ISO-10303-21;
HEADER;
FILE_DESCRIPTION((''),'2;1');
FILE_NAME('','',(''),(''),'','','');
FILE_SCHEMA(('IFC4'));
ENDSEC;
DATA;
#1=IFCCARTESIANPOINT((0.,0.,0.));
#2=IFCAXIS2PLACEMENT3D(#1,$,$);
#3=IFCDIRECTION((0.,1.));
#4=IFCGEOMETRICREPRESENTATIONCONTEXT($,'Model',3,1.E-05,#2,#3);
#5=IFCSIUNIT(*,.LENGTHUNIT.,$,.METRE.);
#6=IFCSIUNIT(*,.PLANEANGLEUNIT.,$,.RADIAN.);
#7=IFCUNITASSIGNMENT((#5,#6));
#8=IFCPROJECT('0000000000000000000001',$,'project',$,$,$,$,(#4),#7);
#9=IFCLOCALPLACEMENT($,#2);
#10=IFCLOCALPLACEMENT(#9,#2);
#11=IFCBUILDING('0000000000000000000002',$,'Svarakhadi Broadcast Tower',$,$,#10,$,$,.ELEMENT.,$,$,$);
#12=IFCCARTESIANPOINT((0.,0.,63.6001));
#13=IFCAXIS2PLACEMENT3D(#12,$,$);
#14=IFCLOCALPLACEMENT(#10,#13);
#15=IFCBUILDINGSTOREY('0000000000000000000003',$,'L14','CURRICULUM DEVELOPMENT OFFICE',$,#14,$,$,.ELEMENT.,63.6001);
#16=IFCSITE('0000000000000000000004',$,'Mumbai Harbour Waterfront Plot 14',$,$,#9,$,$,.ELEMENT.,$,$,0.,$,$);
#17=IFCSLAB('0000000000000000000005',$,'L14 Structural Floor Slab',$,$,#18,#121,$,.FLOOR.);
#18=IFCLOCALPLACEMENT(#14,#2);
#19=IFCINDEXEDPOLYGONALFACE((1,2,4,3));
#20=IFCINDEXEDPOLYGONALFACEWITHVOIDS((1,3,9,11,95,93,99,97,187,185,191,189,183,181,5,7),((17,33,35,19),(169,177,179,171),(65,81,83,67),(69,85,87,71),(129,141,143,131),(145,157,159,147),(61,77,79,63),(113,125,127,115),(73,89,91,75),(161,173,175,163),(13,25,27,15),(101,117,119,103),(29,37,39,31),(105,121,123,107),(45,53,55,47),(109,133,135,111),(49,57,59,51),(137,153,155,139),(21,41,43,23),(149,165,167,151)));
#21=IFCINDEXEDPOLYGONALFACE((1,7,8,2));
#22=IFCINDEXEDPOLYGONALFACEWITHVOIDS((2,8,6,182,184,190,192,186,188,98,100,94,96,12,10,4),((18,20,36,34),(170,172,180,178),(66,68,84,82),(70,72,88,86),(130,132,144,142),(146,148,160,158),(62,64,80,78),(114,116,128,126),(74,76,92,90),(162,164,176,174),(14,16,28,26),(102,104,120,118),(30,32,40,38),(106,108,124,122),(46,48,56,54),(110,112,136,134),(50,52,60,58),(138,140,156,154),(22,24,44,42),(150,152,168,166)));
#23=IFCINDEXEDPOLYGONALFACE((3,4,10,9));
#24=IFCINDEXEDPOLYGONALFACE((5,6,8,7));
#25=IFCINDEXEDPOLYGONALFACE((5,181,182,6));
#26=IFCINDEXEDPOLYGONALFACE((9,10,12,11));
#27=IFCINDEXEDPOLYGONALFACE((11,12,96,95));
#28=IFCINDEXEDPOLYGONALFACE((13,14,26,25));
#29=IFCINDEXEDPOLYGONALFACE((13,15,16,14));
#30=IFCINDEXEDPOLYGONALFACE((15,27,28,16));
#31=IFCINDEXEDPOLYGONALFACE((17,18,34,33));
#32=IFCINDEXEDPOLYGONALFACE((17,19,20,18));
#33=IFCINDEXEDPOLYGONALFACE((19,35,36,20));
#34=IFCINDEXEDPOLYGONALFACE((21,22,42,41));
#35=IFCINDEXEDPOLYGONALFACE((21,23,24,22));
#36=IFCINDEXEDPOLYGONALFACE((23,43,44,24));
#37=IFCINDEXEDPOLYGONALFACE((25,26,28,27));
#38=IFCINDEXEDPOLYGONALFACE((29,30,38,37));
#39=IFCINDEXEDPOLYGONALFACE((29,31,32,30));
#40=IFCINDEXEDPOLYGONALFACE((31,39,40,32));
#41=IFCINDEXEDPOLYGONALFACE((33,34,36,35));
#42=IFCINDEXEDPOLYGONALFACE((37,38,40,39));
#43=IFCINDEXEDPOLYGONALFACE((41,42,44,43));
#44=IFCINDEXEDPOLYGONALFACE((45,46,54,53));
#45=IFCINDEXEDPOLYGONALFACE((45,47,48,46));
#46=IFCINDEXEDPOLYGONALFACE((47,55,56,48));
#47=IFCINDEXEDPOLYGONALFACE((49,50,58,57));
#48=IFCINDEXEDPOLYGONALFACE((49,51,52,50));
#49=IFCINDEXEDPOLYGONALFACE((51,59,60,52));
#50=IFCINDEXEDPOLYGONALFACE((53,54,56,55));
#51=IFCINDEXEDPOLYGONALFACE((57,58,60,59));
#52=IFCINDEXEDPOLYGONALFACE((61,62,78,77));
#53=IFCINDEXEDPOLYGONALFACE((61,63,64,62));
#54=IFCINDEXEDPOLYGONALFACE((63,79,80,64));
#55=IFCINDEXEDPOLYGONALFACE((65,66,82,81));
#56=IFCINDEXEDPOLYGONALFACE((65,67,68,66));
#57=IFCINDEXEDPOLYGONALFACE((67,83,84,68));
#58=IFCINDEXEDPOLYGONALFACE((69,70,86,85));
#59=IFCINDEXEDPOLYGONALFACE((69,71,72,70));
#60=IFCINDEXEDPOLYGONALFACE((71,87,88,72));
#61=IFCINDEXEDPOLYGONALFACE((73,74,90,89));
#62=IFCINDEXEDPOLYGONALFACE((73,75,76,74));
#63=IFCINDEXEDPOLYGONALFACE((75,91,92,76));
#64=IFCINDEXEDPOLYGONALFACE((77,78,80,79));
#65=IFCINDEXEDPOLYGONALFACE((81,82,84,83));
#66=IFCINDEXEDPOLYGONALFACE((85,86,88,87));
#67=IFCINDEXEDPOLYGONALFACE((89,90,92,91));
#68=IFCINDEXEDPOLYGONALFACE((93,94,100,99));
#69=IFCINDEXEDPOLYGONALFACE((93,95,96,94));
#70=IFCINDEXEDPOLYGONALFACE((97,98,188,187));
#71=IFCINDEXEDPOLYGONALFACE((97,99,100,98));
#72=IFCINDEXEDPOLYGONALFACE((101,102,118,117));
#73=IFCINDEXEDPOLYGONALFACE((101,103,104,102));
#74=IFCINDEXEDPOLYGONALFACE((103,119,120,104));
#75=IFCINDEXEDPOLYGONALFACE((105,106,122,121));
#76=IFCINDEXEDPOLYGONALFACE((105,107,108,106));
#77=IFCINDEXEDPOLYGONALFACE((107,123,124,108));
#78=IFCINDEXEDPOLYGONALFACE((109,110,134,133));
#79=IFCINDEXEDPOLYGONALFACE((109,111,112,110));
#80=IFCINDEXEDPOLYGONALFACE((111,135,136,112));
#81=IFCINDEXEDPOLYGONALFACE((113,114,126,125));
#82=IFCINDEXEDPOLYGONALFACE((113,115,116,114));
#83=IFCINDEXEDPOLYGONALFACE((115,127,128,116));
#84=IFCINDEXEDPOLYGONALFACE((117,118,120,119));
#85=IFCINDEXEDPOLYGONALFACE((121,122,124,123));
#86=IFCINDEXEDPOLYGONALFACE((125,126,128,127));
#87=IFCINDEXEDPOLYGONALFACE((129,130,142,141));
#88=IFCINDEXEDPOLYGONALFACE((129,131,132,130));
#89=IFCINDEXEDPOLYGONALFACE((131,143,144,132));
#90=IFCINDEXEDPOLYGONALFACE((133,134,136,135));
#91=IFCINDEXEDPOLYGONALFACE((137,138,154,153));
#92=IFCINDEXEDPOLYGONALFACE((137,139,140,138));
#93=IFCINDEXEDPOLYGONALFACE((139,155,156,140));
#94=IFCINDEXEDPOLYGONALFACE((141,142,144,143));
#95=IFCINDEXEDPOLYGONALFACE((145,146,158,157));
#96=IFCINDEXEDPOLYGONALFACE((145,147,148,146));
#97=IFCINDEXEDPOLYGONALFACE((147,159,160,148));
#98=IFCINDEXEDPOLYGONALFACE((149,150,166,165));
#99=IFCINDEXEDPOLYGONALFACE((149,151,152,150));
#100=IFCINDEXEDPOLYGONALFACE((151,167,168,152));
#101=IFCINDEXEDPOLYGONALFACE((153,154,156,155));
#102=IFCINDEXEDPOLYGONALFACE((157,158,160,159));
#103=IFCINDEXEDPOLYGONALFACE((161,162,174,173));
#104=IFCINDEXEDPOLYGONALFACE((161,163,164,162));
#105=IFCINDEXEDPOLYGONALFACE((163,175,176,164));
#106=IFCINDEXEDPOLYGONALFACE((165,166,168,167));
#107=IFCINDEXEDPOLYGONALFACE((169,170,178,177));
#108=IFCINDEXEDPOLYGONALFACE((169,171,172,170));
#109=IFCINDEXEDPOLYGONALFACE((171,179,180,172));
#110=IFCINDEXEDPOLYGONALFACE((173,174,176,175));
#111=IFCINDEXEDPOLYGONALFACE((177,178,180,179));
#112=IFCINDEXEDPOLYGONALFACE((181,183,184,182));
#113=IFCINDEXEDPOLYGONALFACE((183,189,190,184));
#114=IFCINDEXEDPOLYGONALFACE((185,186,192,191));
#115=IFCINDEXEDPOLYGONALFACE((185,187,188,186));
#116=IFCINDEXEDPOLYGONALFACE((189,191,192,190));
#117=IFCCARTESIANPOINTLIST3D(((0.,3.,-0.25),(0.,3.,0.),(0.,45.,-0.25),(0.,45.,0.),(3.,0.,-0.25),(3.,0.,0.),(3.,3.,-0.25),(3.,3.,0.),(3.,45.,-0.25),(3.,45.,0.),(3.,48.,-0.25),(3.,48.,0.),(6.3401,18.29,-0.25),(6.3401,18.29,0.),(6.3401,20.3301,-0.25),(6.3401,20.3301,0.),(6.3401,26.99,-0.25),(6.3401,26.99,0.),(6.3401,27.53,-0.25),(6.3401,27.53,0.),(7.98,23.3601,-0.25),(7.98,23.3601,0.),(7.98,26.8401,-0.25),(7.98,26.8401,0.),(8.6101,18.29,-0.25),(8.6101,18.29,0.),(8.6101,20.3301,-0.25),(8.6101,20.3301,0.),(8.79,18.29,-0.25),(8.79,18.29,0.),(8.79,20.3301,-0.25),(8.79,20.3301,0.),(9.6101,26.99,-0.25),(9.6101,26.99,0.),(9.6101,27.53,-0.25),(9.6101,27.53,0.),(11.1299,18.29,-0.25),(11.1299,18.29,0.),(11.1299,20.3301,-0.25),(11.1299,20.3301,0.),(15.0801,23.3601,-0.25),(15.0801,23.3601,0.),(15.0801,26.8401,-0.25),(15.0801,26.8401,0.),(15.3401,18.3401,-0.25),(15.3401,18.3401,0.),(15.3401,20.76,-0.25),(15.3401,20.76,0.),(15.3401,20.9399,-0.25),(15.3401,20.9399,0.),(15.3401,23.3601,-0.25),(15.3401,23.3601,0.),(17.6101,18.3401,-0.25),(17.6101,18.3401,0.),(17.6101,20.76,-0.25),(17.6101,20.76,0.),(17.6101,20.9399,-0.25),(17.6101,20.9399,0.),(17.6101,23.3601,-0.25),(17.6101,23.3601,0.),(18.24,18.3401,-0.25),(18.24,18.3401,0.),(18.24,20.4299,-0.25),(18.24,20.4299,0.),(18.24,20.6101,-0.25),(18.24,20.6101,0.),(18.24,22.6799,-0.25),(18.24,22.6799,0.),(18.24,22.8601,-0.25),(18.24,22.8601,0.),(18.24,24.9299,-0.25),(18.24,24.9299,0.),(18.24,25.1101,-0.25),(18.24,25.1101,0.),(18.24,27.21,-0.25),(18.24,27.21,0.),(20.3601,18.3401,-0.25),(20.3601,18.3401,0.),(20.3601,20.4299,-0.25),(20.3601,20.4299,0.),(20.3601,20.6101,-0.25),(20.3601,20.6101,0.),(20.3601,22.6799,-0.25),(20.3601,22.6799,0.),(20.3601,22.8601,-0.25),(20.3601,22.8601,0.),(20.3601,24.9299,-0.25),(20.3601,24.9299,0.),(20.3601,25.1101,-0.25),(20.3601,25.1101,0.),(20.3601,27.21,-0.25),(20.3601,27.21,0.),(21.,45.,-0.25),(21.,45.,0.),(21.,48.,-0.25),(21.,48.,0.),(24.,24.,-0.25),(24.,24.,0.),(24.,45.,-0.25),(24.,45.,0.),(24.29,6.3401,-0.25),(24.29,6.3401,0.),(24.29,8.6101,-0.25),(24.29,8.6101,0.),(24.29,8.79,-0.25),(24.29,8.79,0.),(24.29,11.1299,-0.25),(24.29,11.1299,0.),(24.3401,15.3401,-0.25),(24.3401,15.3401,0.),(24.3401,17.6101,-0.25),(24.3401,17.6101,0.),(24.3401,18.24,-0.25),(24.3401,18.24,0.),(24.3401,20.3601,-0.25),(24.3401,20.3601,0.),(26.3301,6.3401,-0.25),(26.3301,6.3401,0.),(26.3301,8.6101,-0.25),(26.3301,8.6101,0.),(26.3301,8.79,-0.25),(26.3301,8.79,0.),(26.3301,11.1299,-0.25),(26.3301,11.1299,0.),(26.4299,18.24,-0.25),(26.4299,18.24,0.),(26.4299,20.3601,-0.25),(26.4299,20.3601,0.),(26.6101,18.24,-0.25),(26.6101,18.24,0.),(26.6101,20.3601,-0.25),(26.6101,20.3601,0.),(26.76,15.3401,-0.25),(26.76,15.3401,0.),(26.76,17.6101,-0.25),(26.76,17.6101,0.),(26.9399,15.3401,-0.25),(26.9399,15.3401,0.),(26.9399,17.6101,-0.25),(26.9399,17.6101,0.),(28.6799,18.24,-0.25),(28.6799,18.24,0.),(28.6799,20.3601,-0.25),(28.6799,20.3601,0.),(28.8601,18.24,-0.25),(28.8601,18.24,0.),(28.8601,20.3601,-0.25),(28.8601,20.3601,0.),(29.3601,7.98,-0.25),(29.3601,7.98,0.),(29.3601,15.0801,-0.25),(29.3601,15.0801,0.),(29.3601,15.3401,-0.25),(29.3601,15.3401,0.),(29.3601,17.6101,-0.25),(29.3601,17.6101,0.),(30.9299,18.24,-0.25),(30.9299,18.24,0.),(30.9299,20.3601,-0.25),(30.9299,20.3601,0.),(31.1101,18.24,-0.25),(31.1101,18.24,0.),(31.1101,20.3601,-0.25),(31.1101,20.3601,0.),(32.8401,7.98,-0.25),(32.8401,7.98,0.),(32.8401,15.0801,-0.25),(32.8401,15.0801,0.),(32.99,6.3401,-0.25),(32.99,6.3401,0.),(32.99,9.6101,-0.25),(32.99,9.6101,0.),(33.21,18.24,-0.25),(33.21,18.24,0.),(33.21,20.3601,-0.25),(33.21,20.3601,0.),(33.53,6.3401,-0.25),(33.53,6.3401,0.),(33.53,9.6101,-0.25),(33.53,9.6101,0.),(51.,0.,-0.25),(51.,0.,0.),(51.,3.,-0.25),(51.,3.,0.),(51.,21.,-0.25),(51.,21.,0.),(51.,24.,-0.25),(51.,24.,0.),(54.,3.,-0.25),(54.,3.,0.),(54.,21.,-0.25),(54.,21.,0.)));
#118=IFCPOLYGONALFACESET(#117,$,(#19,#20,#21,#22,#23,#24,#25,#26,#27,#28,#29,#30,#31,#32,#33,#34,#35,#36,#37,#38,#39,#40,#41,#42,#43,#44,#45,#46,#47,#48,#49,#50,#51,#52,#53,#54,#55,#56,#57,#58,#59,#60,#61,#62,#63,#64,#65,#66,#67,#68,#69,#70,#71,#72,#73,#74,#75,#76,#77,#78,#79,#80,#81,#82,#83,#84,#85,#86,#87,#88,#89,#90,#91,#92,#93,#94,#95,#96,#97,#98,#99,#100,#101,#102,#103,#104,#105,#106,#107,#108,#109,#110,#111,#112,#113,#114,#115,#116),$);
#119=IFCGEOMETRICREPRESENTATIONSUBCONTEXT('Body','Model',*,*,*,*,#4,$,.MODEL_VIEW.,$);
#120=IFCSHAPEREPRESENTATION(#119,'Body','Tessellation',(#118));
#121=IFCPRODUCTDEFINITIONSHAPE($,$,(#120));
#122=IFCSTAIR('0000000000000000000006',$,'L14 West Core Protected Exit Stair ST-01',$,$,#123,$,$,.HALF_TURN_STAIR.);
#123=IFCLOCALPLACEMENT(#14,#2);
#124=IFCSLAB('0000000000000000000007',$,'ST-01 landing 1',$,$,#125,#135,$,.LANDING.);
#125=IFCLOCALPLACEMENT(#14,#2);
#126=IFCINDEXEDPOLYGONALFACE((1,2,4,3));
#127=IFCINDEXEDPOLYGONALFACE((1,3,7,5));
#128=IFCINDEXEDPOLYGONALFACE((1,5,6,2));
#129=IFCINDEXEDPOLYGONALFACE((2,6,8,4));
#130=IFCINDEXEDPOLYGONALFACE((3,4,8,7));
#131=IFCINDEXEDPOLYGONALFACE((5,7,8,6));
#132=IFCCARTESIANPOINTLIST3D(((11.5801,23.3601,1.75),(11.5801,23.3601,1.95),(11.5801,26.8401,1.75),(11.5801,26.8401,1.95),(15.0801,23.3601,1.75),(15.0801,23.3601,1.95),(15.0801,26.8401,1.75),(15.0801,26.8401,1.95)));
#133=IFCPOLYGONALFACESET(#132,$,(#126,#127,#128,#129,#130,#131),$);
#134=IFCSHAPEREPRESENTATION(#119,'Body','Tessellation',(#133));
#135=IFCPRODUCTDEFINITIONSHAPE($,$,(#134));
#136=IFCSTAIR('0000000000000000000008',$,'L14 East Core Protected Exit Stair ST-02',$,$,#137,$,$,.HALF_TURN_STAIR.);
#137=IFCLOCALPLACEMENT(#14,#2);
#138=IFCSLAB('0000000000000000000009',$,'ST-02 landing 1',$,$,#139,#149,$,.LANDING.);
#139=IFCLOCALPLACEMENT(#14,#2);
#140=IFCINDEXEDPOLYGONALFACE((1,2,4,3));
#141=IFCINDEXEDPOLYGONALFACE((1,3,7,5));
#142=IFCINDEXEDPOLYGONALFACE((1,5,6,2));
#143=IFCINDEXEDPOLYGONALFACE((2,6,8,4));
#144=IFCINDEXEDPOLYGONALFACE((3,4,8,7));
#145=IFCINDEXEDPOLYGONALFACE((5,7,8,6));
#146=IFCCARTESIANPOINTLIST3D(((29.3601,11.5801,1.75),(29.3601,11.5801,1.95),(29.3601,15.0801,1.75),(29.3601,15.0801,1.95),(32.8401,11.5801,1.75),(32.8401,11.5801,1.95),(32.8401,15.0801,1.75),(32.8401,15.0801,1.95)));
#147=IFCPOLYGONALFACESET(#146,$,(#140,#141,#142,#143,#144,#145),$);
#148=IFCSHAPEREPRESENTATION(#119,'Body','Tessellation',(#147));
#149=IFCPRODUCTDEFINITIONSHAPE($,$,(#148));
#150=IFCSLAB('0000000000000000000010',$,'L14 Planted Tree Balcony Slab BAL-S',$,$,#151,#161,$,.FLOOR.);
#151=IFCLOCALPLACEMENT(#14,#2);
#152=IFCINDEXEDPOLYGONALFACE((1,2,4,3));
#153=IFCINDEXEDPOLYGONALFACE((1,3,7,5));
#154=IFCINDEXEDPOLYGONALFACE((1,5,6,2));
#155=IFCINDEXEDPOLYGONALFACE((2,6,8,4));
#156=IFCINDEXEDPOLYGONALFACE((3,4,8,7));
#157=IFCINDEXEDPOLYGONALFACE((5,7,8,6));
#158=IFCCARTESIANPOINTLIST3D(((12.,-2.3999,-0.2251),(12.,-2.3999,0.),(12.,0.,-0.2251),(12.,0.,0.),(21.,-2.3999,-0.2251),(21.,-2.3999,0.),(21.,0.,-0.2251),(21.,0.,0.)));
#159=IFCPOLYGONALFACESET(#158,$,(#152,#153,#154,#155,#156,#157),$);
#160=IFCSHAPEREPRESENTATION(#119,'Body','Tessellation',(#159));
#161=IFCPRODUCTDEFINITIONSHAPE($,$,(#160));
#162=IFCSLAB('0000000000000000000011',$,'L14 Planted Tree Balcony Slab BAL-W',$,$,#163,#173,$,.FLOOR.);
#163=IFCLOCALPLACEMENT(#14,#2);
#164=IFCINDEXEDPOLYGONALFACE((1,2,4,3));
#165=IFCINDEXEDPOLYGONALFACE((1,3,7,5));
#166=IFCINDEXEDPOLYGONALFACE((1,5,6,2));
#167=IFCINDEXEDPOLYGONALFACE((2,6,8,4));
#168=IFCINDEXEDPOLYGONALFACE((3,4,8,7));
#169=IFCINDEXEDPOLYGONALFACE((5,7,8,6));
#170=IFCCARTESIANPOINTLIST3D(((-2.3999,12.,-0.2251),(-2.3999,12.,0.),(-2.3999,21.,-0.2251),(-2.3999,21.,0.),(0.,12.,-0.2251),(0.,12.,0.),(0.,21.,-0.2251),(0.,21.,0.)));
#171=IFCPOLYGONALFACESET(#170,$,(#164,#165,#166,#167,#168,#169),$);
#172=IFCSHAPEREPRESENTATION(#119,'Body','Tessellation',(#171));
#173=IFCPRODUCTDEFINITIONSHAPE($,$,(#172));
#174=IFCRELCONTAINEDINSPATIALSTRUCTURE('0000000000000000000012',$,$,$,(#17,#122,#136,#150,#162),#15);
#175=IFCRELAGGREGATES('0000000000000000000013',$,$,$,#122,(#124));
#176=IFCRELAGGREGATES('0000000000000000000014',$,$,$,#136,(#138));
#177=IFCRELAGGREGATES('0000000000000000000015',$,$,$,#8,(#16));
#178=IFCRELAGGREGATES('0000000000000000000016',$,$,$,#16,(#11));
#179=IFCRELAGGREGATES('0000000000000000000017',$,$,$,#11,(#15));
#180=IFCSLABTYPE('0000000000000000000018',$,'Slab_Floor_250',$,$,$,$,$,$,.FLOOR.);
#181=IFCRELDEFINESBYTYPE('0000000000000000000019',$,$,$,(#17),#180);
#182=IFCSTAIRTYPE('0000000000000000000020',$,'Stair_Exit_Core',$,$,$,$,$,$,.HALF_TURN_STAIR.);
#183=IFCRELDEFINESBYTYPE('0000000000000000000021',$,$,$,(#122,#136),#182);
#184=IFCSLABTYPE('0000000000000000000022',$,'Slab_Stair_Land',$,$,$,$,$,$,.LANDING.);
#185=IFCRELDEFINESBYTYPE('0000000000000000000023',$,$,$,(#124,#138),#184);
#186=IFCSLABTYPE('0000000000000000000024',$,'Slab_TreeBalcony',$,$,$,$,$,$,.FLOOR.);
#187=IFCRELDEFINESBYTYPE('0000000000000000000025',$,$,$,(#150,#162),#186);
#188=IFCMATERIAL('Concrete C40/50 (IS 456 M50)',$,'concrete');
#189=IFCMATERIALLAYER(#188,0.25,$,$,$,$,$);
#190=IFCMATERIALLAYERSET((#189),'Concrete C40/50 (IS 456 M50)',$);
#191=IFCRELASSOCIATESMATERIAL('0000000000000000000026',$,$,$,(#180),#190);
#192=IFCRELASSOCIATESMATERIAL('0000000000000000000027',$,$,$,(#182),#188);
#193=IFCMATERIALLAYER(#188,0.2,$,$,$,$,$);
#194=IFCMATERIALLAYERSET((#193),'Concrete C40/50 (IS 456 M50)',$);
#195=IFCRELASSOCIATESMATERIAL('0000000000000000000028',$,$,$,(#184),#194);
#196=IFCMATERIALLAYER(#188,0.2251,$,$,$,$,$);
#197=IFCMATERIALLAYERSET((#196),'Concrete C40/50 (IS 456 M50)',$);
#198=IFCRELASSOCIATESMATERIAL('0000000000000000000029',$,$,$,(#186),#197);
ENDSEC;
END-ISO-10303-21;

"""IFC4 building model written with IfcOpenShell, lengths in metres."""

from ifc_helpers import new_model, si_unit, direction, frame, origin, place, context, subcontext, project, spatial, polyline, outline, extrude, material, layer, layer_set, type_object, element, aggregate, save


model = new_model("IFC4")

# Units and contexts
model_context = context("Model", 3, precision=1e-05, world=origin(), true_north=direction((0.0, 1.0)))
body_context = subcontext(model_context, "Body", "Model", "MODEL_VIEW")
ifc_project = project(units=[si_unit("LENGTHUNIT", "METRE"), si_unit("PLANEANGLEUNIT", "RADIAN")], contexts=[model_context])

# Site, building, storey
site_placement = place(None, origin())
site = spatial("IfcSite", under=ifc_project, at=site_placement, Name="Mumbai Harbour Waterfront Plot 14", CompositionType="ELEMENT", RefElevation=0.0)
building_placement = place(site_placement, origin())
building = spatial("IfcBuilding", under=site, at=building_placement, Name="Svarakhadi Broadcast Tower", CompositionType="ELEMENT")
storey_placement = place(building_placement, frame((0.0, 0.0, 63.6001)))
storey = spatial("IfcBuildingStorey", under=building, at=storey_placement, Name="L14", Description="CURRICULUM DEVELOPMENT OFFICE", CompositionType="ELEMENT", Elevation=63.6001)

# Slab
ifc_material_1 = material(Name="Concrete C40/50 (IS 456 M50)", Category="concrete")
ifc_layer_1 = layer(ifc_material_1, 0.25)
ifc_layer_set_1 = layer_set([ifc_layer_1], Name="Concrete C40/50 (IS 456 M50)")
slab_type_1 = type_object("IfcSlabType", Name="Slab_Floor_250", PredefinedType="FLOOR", material=ifc_layer_set_1)
slab_1_placement = place(storey_placement, frame((0.0, 0.0, -0.25)))
element("IfcSlab", 1, at=slab_1_placement, inside=storey, type_object=slab_type_1, Name="L14 Structural Floor Slab", PredefinedType="FLOOR", context=body_context, shape_type="SweptSolid", body=[
    extrude(outline(polyline([(3.0, 0.0), (51.0, 0.0), (51.0, 3.0), (54.0, 3.0), (54.0, 21.0), (51.0, 21.0), (51.0, 24.0), (24.0, 24.0), (24.0, 45.0), (21.0, 45.0), (21.0, 48.0), (3.0, 48.0), (3.0, 45.0), (0.0, 45.0), (0.0, 3.0), (3.0, 3.0), (3.0, 0.0)]), holes=[polyline([(7.98, 23.3601), (15.0801, 23.3601), (15.0801, 26.8401), (7.98, 26.8401), (7.98, 23.3601)]), polyline([(32.8401, 7.98), (32.8401, 15.0801), (29.3601, 15.0801), (29.3601, 7.98), (32.8401, 7.98)]), polyline([(6.3401, 18.29), (8.6101, 18.29), (8.6101, 20.3301), (6.3401, 20.3301), (6.3401, 18.29)]), polyline([(8.79, 18.29), (11.1299, 18.29), (11.1299, 20.3301), (8.79, 20.3301), (8.79, 18.29)]), polyline([(24.29, 6.3401), (26.3301, 6.3401), (26.3301, 8.6101), (24.29, 8.6101), (24.29, 6.3401)]), polyline([(24.29, 8.79), (26.3301, 8.79), (26.3301, 11.1299), (24.29, 11.1299), (24.29, 8.79)]), polyline([(6.3401, 26.99), (9.6101, 26.99), (9.6101, 27.53), (6.3401, 27.53), (6.3401, 26.99)]), polyline([(32.99, 6.3401), (33.53, 6.3401), (33.53, 9.6101), (32.99, 9.6101), (32.99, 6.3401)]), polyline([(15.3401, 18.3401), (17.6101, 18.3401), (17.6101, 20.76), (15.3401, 20.76), (15.3401, 18.3401)]), polyline([(15.3401, 20.9399), (17.6101, 20.9399), (17.6101, 23.3601), (15.3401, 23.3601), (15.3401, 20.9399)]), polyline([(24.3401, 15.3401), (26.76, 15.3401), (26.76, 17.6101), (24.3401, 17.6101), (24.3401, 15.3401)]), polyline([(26.9399, 15.3401), (29.3601, 15.3401), (29.3601, 17.6101), (26.9399, 17.6101), (26.9399, 15.3401)]), polyline([(18.24, 18.3401), (20.3601, 18.3401), (20.3601, 20.4299), (18.24, 20.4299), (18.24, 18.3401)]), polyline([(18.24, 20.6101), (20.3601, 20.6101), (20.3601, 22.6799), (18.24, 22.6799), (18.24, 20.6101)]), polyline([(18.24, 22.8601), (20.3601, 22.8601), (20.3601, 24.9299), (18.24, 24.9299), (18.24, 22.8601)]), polyline([(18.24, 25.1101), (20.3601, 25.1101), (20.3601, 27.21), (18.24, 27.21), (18.24, 25.1101)]), polyline([(24.3401, 18.24), (26.4299, 18.24), (26.4299, 20.3601), (24.3401, 20.3601), (24.3401, 18.24)]), polyline([(26.6101, 18.24), (28.6799, 18.24), (28.6799, 20.3601), (26.6101, 20.3601), (26.6101, 18.24)]), polyline([(28.8601, 18.24), (30.9299, 18.24), (30.9299, 20.3601), (28.8601, 20.3601), (28.8601, 18.24)]), polyline([(31.1101, 18.24), (33.21, 18.24), (33.21, 20.3601), (31.1101, 20.3601), (31.1101, 18.24)])]), origin(), (0.0, 0.0, 1.0), 0.25),
])

# Stairs, slabs
stair_type = type_object("IfcStairType", Name="Stair_Exit_Core", PredefinedType="HALF_TURN_STAIR", material=ifc_material_1)
stair_1_placement = place(storey_placement, origin())
stair_1 = element("IfcStair", 2, at=stair_1_placement, inside=storey, type_object=stair_type, Name="L14 West Core Protected Exit Stair ST-01", PredefinedType="HALF_TURN_STAIR")
ifc_layer_2 = layer(ifc_material_1, 0.2)
ifc_layer_set_2 = layer_set([ifc_layer_2], Name="Concrete C40/50 (IS 456 M50)")
slab_type_2 = type_object("IfcSlabType", Name="Slab_Stair_Land", PredefinedType="LANDING", material=ifc_layer_set_2)
slab_2_placement = place(storey_placement, frame((0.0, 0.0, 1.75)))
slab_2 = element("IfcSlab", 3, at=slab_2_placement, type_object=slab_type_2, Name="ST-01 landing 1", PredefinedType="LANDING", context=body_context, shape_type="SweptSolid", body=[
    extrude(outline(polyline([(11.5801, 23.3601), (15.0801, 23.3601), (15.0801, 26.8401), (11.5801, 26.8401), (11.5801, 23.3601)])), origin(), (0.0, 0.0, 1.0), 0.2),
])
aggregate(stair_1, [slab_2])
stair_2_placement = place(storey_placement, origin())
stair_2 = element("IfcStair", 4, at=stair_2_placement, inside=storey, type_object=stair_type, Name="L14 East Core Protected Exit Stair ST-02", PredefinedType="HALF_TURN_STAIR")
slab_3_placement = place(storey_placement, frame((0.0, 0.0, 1.75)))
slab_3 = element("IfcSlab", 5, at=slab_3_placement, type_object=slab_type_2, Name="ST-02 landing 1", PredefinedType="LANDING", context=body_context, shape_type="SweptSolid", body=[
    extrude(outline(polyline([(32.8401, 11.5801), (32.8401, 15.0801), (29.3601, 15.0801), (29.3601, 11.5801), (32.8401, 11.5801)])), origin(), (0.0, 0.0, 1.0), 0.2),
])
aggregate(stair_2, [slab_3])

# Slabs
ifc_layer_3 = layer(ifc_material_1, 0.2251)
ifc_layer_set_3 = layer_set([ifc_layer_3], Name="Concrete C40/50 (IS 456 M50)")
slab_type_3 = type_object("IfcSlabType", Name="Slab_TreeBalcony", PredefinedType="FLOOR", material=ifc_layer_set_3)
slab_4_placement = place(storey_placement, frame((0.0, 0.0, -0.2251)))
element("IfcSlab", 6, at=slab_4_placement, inside=storey, type_object=slab_type_3, Name="L14 Planted Tree Balcony Slab BAL-S", PredefinedType="FLOOR", context=body_context, shape_type="SweptSolid", body=[
    extrude(outline(polyline([(12.0, -2.3999), (21.0, -2.3999), (21.0, 0.0), (12.0, 0.0), (12.0, -2.3999)])), origin(), (0.0, 0.0, 1.0), 0.2251),
])
slab_5_placement = place(storey_placement, frame((0.0, 0.0, -0.2251)))
element("IfcSlab", 7, at=slab_5_placement, inside=storey, type_object=slab_type_3, Name="L14 Planted Tree Balcony Slab BAL-W", PredefinedType="FLOOR", context=body_context, shape_type="SweptSolid", body=[
    extrude(outline(polyline([(-2.3999, 12.0), (0.0, 12.0), (0.0, 21.0), (-2.3999, 21.0), (-2.3999, 12.0)])), origin(), (0.0, 0.0, 1.0), 0.2251),
])

save(model, "model.ifc")
